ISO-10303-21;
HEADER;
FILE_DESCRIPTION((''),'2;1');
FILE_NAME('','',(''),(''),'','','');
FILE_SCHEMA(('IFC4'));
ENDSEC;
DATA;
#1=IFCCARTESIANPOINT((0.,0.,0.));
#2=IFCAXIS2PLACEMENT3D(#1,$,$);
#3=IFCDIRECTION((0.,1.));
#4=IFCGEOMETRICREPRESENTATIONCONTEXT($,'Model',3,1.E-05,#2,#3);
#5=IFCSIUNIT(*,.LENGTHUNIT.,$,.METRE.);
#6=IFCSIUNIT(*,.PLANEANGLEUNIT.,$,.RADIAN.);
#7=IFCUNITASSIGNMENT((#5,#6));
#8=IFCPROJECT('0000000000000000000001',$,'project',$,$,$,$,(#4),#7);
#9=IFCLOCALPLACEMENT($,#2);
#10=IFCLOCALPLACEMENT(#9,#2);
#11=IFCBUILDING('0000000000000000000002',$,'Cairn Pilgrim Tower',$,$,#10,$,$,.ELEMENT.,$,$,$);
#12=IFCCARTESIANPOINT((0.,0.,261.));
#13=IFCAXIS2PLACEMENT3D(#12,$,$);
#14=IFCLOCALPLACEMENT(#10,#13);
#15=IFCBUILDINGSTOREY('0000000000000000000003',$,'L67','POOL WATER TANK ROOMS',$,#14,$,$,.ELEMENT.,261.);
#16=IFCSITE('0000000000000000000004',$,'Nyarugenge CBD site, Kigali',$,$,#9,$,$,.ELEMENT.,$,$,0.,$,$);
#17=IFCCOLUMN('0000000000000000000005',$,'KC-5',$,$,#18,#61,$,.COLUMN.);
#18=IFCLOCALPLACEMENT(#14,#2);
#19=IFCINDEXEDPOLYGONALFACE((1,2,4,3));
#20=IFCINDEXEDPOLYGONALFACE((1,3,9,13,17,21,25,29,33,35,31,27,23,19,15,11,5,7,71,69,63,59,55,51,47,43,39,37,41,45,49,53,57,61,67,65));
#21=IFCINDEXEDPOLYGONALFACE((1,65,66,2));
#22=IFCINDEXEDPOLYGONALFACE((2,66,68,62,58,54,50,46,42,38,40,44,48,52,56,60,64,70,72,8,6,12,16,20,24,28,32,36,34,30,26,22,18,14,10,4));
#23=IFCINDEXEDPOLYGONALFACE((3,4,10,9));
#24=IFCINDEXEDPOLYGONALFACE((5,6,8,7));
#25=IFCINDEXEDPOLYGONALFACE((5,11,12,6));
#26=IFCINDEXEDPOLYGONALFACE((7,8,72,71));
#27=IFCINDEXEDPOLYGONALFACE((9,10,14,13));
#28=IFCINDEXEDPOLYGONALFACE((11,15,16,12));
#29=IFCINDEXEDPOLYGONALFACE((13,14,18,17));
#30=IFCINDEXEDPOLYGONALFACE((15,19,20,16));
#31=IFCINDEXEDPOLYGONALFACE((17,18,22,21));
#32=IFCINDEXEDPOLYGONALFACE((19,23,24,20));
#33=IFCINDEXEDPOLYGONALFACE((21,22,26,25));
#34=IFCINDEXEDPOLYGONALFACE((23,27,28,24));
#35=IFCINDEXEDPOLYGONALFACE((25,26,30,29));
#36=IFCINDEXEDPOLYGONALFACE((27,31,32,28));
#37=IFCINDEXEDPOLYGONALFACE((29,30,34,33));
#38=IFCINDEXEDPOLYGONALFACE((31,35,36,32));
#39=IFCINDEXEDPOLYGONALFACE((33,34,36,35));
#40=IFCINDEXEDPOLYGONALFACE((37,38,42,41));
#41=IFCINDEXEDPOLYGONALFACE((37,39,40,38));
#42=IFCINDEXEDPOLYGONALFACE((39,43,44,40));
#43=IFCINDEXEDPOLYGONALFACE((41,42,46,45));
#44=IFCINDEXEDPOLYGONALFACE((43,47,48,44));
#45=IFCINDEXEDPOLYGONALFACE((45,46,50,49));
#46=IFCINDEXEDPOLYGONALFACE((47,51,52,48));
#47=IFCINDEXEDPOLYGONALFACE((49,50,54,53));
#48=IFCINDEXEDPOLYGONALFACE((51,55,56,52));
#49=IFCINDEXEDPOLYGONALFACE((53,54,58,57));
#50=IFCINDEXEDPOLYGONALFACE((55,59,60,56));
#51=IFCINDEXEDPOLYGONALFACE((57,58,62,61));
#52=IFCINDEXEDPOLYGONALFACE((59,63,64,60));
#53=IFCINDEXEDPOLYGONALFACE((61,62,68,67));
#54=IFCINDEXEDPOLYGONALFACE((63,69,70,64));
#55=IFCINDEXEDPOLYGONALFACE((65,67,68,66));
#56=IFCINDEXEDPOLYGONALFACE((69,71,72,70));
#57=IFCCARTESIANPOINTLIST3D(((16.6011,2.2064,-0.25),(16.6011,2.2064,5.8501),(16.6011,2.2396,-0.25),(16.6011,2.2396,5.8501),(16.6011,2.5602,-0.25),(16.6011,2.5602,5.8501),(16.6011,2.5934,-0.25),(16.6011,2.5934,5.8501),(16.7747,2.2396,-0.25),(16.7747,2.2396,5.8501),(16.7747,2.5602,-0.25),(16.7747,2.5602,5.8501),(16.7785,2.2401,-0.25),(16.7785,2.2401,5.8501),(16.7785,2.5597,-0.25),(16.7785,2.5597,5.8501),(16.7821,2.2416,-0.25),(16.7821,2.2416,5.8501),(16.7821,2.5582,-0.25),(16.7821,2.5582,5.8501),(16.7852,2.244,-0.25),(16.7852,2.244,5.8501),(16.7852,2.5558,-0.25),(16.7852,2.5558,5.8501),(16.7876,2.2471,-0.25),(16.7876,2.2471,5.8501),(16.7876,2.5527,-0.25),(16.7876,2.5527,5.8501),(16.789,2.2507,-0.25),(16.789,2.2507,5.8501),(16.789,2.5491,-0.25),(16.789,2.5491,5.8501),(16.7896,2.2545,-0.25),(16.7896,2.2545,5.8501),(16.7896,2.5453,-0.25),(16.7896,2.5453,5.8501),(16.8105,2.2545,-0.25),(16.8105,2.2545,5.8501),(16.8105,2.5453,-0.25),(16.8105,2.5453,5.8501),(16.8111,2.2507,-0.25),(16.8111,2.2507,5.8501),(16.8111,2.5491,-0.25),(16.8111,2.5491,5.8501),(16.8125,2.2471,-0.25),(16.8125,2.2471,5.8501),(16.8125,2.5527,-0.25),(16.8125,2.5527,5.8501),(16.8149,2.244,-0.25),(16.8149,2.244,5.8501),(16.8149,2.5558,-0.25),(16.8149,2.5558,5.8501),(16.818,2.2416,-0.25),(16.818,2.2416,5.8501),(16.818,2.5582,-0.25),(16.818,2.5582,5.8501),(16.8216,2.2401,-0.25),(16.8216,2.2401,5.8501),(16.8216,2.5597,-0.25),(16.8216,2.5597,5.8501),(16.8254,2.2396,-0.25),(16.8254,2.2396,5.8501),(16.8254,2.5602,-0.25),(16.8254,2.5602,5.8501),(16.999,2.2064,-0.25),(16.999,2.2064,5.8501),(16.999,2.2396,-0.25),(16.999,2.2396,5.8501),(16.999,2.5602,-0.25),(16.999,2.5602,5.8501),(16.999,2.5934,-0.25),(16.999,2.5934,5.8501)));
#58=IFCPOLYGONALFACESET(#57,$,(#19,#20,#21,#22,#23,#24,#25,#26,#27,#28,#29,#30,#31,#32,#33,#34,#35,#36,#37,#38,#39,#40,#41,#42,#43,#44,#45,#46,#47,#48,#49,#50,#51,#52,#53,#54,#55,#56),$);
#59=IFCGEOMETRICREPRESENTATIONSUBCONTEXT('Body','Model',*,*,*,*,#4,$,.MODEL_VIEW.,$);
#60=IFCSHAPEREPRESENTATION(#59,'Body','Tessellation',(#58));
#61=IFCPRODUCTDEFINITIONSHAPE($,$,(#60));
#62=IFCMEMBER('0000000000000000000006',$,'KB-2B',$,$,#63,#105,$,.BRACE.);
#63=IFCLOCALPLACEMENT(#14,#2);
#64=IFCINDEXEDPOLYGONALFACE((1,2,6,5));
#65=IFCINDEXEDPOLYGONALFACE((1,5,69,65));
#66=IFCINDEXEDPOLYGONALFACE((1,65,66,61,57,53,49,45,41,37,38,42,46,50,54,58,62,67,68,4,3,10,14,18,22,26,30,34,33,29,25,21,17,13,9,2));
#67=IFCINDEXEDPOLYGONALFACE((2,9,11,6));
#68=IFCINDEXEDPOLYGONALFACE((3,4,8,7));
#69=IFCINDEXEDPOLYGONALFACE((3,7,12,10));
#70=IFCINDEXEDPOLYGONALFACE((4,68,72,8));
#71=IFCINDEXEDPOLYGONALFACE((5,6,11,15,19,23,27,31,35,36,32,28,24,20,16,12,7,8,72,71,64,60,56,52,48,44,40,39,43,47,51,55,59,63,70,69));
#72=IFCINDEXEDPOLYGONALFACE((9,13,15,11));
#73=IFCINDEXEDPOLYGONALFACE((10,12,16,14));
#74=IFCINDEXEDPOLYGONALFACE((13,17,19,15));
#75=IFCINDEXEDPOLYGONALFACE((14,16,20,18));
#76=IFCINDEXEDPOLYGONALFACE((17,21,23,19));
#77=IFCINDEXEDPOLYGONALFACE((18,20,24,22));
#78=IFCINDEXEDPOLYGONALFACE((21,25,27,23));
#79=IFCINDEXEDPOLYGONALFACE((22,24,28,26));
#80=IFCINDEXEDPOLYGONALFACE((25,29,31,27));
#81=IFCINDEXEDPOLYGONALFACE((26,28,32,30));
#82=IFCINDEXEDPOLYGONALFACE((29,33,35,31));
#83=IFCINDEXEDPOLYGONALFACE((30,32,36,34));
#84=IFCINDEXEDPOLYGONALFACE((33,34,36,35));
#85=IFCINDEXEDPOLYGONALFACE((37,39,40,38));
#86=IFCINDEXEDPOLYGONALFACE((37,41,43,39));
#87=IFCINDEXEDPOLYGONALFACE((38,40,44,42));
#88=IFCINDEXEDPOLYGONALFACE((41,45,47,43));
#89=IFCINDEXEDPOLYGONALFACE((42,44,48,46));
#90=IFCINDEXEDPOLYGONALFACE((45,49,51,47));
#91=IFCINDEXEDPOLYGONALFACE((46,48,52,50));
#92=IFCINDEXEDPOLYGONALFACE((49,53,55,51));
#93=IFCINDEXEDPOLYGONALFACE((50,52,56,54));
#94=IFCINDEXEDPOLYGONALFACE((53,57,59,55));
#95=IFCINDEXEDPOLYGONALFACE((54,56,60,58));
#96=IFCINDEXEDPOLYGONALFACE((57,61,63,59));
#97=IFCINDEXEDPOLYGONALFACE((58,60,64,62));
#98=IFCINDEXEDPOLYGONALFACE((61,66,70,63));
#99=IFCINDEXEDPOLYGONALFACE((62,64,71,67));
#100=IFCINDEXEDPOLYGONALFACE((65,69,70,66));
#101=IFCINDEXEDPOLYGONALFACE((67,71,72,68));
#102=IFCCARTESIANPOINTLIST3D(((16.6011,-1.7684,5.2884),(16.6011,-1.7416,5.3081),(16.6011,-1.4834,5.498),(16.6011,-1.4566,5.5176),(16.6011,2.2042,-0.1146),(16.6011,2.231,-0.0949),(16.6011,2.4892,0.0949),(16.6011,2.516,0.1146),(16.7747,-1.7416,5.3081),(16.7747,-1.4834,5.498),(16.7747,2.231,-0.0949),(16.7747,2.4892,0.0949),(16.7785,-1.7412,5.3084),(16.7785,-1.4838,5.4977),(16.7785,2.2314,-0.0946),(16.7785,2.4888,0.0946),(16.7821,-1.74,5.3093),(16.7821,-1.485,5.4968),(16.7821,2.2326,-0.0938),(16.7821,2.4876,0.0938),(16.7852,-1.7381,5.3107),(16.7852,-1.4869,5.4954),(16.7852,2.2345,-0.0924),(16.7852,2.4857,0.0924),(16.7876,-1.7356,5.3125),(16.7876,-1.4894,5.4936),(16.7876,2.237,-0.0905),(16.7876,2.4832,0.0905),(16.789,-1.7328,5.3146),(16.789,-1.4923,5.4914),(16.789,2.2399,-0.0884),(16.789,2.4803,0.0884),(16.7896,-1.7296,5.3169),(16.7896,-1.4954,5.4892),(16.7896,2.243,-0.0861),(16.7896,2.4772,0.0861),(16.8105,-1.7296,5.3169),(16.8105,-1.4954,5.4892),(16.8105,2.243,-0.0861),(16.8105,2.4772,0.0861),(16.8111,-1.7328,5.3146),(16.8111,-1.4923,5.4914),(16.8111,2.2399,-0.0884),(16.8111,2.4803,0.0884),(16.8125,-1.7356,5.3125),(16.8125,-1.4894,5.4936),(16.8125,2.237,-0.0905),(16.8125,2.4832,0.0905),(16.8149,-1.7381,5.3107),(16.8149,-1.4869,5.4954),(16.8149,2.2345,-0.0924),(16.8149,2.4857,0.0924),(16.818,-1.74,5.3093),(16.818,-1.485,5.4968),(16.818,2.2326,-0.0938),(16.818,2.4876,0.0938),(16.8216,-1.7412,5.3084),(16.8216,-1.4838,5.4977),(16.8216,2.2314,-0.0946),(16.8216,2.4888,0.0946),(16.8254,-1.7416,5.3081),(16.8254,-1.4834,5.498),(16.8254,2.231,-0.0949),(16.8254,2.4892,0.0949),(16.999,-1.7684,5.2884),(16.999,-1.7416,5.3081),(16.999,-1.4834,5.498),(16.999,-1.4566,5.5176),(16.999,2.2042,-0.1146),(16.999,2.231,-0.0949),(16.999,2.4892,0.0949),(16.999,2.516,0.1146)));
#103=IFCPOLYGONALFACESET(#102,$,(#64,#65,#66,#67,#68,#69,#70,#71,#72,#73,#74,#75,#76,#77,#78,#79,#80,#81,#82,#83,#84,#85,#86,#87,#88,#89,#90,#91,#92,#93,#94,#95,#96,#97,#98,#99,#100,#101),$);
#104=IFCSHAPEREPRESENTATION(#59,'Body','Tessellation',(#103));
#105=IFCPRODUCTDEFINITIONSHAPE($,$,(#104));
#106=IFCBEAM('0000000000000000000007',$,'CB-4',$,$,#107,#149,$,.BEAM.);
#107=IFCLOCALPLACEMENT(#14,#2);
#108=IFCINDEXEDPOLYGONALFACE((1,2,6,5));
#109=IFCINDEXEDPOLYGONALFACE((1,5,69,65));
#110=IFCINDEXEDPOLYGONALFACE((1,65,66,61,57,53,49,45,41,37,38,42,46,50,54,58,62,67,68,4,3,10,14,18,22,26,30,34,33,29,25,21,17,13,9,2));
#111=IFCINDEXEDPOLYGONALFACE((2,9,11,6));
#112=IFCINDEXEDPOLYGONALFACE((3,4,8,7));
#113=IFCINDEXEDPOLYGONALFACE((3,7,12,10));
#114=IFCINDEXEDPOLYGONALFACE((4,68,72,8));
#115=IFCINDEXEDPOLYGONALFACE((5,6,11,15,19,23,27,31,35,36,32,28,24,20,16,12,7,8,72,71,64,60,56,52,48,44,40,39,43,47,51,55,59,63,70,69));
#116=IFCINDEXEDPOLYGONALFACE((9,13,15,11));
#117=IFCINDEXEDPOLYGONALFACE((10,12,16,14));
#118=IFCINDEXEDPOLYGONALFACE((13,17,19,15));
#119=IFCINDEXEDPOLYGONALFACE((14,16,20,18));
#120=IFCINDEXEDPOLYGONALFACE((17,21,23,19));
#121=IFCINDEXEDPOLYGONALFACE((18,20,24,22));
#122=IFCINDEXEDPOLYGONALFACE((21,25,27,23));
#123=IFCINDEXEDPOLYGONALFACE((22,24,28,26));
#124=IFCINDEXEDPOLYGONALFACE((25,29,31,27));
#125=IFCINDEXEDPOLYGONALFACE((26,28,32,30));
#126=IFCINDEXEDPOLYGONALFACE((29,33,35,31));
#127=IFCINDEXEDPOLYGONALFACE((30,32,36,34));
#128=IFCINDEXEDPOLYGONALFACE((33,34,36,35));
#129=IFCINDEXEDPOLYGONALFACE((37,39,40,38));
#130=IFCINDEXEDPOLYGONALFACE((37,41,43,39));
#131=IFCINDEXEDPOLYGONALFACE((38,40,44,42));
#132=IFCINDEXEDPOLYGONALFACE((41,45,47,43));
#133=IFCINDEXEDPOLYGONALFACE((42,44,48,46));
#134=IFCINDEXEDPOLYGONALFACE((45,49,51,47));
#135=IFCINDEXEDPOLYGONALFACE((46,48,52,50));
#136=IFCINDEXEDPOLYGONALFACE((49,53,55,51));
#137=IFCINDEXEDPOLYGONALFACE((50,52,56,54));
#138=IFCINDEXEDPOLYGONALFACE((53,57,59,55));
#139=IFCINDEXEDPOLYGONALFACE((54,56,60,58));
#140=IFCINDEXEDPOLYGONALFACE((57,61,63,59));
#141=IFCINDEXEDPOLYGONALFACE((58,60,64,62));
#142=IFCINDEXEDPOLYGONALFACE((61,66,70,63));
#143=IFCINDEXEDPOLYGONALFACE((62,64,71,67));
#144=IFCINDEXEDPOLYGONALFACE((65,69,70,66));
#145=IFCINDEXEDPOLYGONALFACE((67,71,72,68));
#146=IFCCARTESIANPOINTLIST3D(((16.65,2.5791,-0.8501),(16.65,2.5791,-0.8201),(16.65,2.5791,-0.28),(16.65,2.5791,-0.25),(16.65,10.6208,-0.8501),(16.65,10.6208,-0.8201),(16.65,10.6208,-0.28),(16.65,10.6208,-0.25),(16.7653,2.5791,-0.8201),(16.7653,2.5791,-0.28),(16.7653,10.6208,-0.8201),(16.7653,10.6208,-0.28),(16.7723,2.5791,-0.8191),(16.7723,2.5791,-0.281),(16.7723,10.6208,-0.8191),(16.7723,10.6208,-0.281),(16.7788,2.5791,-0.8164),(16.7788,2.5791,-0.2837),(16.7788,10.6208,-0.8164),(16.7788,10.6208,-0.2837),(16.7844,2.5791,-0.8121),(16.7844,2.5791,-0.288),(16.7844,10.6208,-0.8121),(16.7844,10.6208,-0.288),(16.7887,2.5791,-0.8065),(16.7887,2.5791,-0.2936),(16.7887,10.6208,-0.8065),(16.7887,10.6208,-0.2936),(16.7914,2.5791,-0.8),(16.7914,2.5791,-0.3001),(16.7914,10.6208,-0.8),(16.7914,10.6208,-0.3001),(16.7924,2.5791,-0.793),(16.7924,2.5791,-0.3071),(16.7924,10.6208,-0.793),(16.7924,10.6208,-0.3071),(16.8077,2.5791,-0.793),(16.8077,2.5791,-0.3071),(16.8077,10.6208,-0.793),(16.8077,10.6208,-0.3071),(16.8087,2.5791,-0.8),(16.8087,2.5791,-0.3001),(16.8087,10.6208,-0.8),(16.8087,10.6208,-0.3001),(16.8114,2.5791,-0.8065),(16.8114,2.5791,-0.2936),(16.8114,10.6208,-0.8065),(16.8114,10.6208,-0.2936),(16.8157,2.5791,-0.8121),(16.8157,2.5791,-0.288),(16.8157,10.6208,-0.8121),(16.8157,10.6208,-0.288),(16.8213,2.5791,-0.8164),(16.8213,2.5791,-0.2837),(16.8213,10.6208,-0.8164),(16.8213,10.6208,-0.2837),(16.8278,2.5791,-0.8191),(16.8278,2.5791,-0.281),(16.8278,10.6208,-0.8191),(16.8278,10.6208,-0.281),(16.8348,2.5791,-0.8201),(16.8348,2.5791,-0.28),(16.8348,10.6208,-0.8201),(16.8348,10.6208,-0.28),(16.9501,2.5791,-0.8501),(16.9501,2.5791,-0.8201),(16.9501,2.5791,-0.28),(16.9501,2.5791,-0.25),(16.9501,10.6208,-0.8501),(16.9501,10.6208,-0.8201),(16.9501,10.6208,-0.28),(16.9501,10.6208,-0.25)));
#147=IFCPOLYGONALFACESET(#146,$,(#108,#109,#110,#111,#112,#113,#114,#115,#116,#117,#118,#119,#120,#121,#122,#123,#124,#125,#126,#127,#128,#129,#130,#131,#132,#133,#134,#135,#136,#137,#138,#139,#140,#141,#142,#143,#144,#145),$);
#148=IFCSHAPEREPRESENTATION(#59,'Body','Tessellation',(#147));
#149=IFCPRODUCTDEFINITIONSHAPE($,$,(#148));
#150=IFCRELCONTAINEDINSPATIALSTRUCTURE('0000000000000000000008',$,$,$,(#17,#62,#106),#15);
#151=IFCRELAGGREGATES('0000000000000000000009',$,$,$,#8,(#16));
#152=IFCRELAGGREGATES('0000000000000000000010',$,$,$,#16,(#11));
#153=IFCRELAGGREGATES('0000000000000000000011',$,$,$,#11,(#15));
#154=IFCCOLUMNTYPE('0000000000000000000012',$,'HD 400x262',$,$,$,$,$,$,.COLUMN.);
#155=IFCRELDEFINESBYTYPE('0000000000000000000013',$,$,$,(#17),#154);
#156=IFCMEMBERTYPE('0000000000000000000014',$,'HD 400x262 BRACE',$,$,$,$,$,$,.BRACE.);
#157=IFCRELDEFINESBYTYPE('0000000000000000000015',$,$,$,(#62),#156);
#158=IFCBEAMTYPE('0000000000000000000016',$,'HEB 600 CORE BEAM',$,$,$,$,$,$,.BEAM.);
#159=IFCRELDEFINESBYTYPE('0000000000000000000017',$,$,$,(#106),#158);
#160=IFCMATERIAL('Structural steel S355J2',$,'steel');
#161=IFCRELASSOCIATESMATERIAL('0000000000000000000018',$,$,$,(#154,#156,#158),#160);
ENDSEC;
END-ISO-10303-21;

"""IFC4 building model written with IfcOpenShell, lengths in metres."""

from ifc_helpers import new_model, si_unit, direction, frame, origin, origin_2d, place, context, subcontext, project, spatial, i_section, extrude, material, material_profile, profile_set, type_object, element, save


model = new_model("IFC4")

# Units and contexts
model_context = context("Model", 3, precision=1e-05, world=origin(), true_north=direction((0.0, 1.0)))
body_context = subcontext(model_context, "Body", "Model", "MODEL_VIEW")
ifc_project = project(units=[si_unit("LENGTHUNIT", "METRE"), si_unit("PLANEANGLEUNIT", "RADIAN")], contexts=[model_context])

# Site, building, storey
site_placement = place(None, origin())
site = spatial("IfcSite", under=ifc_project, at=site_placement, Name="Nyarugenge CBD site, Kigali", CompositionType="ELEMENT", RefElevation=0.0)
building_placement = place(site_placement, origin())
building = spatial("IfcBuilding", under=site, at=building_placement, Name="Cairn Pilgrim Tower", CompositionType="ELEMENT")
storey_placement = place(building_placement, frame((0.0, 0.0, 261.0)))
storey = spatial("IfcBuildingStorey", under=building, at=storey_placement, Name="L67", Description="POOL WATER TANK ROOMS", CompositionType="ELEMENT", Elevation=261.0)

# Column
ifc_material_1 = material(Name="Structural steel S355J2", Category="steel")
ifc_material_profile_1 = material_profile(ifc_material_1, i_section(OverallWidth=0.3979, OverallDepth=0.387, WebThickness=0.021, FlangeThickness=0.0332, FilletRadius=0.0149, at=origin_2d()), Name="HD 400x262")
ifc_profile_set_1 = profile_set([ifc_material_profile_1], Name="Structural steel S355J2")
column_type = type_object("IfcColumnType", Name="HD 400x262", PredefinedType="COLUMN", material=ifc_profile_set_1)
column_placement = place(storey_placement, frame((16.8, 2.3999, -0.25), z_axis=(0.0, 0.0, 1.0), x_axis=(1.0, 0.0, 0.0)))
element("IfcColumn", 1, at=column_placement, inside=storey, type_object=column_type, Name="KC-5", PredefinedType="COLUMN", context=body_context, shape_type="SweptSolid", body=[
    extrude(i_section(OverallWidth=0.3979, OverallDepth=0.387, WebThickness=0.021, FlangeThickness=0.0332, FilletRadius=0.0149, at=origin_2d()), origin(), (0.0, 0.0, 1.0), 6.1001),
])

# Member
ifc_material_profile_2 = material_profile(ifc_material_1, i_section(OverallWidth=0.3979, OverallDepth=0.387, WebThickness=0.021, FlangeThickness=0.0332, FilletRadius=0.0149, at=origin_2d()), Name="HD 400x262")
ifc_profile_set_2 = profile_set([ifc_material_profile_2], Name="Structural steel S355J2")
member_type = type_object("IfcMemberType", Name="HD 400x262 BRACE", PredefinedType="BRACE", material=ifc_profile_set_2)
member_placement = place(storey_placement, frame((16.8, 2.3601, 0.0), z_axis=(0.0, -0.592372, 0.805665), x_axis=(1.0, 0.0, 0.0)))
element("IfcMember", 2, at=member_placement, inside=storey, type_object=member_type, Name="KB-2B", PredefinedType="BRACE", context=body_context, shape_type="SweptSolid", body=[
    extrude(i_section(OverallWidth=0.3979, OverallDepth=0.387, WebThickness=0.021, FlangeThickness=0.0332, FilletRadius=0.0149, at=origin_2d()), origin(), (0.0, 0.0, 1.0), 6.7063),
])

# Beam
ifc_material_profile_3 = material_profile(ifc_material_1, i_section(OverallWidth=0.3, OverallDepth=0.6001, WebThickness=0.0154, FlangeThickness=0.03, FilletRadius=0.0271, at=origin_2d()), Name="HEB 600")
ifc_profile_set_3 = profile_set([ifc_material_profile_3], Name="Structural steel S355J2")
beam_type_1 = type_object("IfcBeamType", Name="HEB 600 CORE BEAM", PredefinedType="BEAM", material=ifc_profile_set_3)
beam_1_placement = place(storey_placement, frame((16.8, 2.5791, -0.55), z_axis=(0.0, 1.0, 0.0), x_axis=(-1.0, 0.0, 0.0)))
element("IfcBeam", 3, at=beam_1_placement, inside=storey, type_object=beam_type_1, Name="CB-4", PredefinedType="BEAM", context=body_context, shape_type="SweptSolid", body=[
    extrude(i_section(OverallWidth=0.3, OverallDepth=0.6001, WebThickness=0.0154, FlangeThickness=0.03, FilletRadius=0.0271, at=origin_2d()), origin(), (0.0, 0.0, 1.0), 8.0417),
])

save(model, "model.ifc")
